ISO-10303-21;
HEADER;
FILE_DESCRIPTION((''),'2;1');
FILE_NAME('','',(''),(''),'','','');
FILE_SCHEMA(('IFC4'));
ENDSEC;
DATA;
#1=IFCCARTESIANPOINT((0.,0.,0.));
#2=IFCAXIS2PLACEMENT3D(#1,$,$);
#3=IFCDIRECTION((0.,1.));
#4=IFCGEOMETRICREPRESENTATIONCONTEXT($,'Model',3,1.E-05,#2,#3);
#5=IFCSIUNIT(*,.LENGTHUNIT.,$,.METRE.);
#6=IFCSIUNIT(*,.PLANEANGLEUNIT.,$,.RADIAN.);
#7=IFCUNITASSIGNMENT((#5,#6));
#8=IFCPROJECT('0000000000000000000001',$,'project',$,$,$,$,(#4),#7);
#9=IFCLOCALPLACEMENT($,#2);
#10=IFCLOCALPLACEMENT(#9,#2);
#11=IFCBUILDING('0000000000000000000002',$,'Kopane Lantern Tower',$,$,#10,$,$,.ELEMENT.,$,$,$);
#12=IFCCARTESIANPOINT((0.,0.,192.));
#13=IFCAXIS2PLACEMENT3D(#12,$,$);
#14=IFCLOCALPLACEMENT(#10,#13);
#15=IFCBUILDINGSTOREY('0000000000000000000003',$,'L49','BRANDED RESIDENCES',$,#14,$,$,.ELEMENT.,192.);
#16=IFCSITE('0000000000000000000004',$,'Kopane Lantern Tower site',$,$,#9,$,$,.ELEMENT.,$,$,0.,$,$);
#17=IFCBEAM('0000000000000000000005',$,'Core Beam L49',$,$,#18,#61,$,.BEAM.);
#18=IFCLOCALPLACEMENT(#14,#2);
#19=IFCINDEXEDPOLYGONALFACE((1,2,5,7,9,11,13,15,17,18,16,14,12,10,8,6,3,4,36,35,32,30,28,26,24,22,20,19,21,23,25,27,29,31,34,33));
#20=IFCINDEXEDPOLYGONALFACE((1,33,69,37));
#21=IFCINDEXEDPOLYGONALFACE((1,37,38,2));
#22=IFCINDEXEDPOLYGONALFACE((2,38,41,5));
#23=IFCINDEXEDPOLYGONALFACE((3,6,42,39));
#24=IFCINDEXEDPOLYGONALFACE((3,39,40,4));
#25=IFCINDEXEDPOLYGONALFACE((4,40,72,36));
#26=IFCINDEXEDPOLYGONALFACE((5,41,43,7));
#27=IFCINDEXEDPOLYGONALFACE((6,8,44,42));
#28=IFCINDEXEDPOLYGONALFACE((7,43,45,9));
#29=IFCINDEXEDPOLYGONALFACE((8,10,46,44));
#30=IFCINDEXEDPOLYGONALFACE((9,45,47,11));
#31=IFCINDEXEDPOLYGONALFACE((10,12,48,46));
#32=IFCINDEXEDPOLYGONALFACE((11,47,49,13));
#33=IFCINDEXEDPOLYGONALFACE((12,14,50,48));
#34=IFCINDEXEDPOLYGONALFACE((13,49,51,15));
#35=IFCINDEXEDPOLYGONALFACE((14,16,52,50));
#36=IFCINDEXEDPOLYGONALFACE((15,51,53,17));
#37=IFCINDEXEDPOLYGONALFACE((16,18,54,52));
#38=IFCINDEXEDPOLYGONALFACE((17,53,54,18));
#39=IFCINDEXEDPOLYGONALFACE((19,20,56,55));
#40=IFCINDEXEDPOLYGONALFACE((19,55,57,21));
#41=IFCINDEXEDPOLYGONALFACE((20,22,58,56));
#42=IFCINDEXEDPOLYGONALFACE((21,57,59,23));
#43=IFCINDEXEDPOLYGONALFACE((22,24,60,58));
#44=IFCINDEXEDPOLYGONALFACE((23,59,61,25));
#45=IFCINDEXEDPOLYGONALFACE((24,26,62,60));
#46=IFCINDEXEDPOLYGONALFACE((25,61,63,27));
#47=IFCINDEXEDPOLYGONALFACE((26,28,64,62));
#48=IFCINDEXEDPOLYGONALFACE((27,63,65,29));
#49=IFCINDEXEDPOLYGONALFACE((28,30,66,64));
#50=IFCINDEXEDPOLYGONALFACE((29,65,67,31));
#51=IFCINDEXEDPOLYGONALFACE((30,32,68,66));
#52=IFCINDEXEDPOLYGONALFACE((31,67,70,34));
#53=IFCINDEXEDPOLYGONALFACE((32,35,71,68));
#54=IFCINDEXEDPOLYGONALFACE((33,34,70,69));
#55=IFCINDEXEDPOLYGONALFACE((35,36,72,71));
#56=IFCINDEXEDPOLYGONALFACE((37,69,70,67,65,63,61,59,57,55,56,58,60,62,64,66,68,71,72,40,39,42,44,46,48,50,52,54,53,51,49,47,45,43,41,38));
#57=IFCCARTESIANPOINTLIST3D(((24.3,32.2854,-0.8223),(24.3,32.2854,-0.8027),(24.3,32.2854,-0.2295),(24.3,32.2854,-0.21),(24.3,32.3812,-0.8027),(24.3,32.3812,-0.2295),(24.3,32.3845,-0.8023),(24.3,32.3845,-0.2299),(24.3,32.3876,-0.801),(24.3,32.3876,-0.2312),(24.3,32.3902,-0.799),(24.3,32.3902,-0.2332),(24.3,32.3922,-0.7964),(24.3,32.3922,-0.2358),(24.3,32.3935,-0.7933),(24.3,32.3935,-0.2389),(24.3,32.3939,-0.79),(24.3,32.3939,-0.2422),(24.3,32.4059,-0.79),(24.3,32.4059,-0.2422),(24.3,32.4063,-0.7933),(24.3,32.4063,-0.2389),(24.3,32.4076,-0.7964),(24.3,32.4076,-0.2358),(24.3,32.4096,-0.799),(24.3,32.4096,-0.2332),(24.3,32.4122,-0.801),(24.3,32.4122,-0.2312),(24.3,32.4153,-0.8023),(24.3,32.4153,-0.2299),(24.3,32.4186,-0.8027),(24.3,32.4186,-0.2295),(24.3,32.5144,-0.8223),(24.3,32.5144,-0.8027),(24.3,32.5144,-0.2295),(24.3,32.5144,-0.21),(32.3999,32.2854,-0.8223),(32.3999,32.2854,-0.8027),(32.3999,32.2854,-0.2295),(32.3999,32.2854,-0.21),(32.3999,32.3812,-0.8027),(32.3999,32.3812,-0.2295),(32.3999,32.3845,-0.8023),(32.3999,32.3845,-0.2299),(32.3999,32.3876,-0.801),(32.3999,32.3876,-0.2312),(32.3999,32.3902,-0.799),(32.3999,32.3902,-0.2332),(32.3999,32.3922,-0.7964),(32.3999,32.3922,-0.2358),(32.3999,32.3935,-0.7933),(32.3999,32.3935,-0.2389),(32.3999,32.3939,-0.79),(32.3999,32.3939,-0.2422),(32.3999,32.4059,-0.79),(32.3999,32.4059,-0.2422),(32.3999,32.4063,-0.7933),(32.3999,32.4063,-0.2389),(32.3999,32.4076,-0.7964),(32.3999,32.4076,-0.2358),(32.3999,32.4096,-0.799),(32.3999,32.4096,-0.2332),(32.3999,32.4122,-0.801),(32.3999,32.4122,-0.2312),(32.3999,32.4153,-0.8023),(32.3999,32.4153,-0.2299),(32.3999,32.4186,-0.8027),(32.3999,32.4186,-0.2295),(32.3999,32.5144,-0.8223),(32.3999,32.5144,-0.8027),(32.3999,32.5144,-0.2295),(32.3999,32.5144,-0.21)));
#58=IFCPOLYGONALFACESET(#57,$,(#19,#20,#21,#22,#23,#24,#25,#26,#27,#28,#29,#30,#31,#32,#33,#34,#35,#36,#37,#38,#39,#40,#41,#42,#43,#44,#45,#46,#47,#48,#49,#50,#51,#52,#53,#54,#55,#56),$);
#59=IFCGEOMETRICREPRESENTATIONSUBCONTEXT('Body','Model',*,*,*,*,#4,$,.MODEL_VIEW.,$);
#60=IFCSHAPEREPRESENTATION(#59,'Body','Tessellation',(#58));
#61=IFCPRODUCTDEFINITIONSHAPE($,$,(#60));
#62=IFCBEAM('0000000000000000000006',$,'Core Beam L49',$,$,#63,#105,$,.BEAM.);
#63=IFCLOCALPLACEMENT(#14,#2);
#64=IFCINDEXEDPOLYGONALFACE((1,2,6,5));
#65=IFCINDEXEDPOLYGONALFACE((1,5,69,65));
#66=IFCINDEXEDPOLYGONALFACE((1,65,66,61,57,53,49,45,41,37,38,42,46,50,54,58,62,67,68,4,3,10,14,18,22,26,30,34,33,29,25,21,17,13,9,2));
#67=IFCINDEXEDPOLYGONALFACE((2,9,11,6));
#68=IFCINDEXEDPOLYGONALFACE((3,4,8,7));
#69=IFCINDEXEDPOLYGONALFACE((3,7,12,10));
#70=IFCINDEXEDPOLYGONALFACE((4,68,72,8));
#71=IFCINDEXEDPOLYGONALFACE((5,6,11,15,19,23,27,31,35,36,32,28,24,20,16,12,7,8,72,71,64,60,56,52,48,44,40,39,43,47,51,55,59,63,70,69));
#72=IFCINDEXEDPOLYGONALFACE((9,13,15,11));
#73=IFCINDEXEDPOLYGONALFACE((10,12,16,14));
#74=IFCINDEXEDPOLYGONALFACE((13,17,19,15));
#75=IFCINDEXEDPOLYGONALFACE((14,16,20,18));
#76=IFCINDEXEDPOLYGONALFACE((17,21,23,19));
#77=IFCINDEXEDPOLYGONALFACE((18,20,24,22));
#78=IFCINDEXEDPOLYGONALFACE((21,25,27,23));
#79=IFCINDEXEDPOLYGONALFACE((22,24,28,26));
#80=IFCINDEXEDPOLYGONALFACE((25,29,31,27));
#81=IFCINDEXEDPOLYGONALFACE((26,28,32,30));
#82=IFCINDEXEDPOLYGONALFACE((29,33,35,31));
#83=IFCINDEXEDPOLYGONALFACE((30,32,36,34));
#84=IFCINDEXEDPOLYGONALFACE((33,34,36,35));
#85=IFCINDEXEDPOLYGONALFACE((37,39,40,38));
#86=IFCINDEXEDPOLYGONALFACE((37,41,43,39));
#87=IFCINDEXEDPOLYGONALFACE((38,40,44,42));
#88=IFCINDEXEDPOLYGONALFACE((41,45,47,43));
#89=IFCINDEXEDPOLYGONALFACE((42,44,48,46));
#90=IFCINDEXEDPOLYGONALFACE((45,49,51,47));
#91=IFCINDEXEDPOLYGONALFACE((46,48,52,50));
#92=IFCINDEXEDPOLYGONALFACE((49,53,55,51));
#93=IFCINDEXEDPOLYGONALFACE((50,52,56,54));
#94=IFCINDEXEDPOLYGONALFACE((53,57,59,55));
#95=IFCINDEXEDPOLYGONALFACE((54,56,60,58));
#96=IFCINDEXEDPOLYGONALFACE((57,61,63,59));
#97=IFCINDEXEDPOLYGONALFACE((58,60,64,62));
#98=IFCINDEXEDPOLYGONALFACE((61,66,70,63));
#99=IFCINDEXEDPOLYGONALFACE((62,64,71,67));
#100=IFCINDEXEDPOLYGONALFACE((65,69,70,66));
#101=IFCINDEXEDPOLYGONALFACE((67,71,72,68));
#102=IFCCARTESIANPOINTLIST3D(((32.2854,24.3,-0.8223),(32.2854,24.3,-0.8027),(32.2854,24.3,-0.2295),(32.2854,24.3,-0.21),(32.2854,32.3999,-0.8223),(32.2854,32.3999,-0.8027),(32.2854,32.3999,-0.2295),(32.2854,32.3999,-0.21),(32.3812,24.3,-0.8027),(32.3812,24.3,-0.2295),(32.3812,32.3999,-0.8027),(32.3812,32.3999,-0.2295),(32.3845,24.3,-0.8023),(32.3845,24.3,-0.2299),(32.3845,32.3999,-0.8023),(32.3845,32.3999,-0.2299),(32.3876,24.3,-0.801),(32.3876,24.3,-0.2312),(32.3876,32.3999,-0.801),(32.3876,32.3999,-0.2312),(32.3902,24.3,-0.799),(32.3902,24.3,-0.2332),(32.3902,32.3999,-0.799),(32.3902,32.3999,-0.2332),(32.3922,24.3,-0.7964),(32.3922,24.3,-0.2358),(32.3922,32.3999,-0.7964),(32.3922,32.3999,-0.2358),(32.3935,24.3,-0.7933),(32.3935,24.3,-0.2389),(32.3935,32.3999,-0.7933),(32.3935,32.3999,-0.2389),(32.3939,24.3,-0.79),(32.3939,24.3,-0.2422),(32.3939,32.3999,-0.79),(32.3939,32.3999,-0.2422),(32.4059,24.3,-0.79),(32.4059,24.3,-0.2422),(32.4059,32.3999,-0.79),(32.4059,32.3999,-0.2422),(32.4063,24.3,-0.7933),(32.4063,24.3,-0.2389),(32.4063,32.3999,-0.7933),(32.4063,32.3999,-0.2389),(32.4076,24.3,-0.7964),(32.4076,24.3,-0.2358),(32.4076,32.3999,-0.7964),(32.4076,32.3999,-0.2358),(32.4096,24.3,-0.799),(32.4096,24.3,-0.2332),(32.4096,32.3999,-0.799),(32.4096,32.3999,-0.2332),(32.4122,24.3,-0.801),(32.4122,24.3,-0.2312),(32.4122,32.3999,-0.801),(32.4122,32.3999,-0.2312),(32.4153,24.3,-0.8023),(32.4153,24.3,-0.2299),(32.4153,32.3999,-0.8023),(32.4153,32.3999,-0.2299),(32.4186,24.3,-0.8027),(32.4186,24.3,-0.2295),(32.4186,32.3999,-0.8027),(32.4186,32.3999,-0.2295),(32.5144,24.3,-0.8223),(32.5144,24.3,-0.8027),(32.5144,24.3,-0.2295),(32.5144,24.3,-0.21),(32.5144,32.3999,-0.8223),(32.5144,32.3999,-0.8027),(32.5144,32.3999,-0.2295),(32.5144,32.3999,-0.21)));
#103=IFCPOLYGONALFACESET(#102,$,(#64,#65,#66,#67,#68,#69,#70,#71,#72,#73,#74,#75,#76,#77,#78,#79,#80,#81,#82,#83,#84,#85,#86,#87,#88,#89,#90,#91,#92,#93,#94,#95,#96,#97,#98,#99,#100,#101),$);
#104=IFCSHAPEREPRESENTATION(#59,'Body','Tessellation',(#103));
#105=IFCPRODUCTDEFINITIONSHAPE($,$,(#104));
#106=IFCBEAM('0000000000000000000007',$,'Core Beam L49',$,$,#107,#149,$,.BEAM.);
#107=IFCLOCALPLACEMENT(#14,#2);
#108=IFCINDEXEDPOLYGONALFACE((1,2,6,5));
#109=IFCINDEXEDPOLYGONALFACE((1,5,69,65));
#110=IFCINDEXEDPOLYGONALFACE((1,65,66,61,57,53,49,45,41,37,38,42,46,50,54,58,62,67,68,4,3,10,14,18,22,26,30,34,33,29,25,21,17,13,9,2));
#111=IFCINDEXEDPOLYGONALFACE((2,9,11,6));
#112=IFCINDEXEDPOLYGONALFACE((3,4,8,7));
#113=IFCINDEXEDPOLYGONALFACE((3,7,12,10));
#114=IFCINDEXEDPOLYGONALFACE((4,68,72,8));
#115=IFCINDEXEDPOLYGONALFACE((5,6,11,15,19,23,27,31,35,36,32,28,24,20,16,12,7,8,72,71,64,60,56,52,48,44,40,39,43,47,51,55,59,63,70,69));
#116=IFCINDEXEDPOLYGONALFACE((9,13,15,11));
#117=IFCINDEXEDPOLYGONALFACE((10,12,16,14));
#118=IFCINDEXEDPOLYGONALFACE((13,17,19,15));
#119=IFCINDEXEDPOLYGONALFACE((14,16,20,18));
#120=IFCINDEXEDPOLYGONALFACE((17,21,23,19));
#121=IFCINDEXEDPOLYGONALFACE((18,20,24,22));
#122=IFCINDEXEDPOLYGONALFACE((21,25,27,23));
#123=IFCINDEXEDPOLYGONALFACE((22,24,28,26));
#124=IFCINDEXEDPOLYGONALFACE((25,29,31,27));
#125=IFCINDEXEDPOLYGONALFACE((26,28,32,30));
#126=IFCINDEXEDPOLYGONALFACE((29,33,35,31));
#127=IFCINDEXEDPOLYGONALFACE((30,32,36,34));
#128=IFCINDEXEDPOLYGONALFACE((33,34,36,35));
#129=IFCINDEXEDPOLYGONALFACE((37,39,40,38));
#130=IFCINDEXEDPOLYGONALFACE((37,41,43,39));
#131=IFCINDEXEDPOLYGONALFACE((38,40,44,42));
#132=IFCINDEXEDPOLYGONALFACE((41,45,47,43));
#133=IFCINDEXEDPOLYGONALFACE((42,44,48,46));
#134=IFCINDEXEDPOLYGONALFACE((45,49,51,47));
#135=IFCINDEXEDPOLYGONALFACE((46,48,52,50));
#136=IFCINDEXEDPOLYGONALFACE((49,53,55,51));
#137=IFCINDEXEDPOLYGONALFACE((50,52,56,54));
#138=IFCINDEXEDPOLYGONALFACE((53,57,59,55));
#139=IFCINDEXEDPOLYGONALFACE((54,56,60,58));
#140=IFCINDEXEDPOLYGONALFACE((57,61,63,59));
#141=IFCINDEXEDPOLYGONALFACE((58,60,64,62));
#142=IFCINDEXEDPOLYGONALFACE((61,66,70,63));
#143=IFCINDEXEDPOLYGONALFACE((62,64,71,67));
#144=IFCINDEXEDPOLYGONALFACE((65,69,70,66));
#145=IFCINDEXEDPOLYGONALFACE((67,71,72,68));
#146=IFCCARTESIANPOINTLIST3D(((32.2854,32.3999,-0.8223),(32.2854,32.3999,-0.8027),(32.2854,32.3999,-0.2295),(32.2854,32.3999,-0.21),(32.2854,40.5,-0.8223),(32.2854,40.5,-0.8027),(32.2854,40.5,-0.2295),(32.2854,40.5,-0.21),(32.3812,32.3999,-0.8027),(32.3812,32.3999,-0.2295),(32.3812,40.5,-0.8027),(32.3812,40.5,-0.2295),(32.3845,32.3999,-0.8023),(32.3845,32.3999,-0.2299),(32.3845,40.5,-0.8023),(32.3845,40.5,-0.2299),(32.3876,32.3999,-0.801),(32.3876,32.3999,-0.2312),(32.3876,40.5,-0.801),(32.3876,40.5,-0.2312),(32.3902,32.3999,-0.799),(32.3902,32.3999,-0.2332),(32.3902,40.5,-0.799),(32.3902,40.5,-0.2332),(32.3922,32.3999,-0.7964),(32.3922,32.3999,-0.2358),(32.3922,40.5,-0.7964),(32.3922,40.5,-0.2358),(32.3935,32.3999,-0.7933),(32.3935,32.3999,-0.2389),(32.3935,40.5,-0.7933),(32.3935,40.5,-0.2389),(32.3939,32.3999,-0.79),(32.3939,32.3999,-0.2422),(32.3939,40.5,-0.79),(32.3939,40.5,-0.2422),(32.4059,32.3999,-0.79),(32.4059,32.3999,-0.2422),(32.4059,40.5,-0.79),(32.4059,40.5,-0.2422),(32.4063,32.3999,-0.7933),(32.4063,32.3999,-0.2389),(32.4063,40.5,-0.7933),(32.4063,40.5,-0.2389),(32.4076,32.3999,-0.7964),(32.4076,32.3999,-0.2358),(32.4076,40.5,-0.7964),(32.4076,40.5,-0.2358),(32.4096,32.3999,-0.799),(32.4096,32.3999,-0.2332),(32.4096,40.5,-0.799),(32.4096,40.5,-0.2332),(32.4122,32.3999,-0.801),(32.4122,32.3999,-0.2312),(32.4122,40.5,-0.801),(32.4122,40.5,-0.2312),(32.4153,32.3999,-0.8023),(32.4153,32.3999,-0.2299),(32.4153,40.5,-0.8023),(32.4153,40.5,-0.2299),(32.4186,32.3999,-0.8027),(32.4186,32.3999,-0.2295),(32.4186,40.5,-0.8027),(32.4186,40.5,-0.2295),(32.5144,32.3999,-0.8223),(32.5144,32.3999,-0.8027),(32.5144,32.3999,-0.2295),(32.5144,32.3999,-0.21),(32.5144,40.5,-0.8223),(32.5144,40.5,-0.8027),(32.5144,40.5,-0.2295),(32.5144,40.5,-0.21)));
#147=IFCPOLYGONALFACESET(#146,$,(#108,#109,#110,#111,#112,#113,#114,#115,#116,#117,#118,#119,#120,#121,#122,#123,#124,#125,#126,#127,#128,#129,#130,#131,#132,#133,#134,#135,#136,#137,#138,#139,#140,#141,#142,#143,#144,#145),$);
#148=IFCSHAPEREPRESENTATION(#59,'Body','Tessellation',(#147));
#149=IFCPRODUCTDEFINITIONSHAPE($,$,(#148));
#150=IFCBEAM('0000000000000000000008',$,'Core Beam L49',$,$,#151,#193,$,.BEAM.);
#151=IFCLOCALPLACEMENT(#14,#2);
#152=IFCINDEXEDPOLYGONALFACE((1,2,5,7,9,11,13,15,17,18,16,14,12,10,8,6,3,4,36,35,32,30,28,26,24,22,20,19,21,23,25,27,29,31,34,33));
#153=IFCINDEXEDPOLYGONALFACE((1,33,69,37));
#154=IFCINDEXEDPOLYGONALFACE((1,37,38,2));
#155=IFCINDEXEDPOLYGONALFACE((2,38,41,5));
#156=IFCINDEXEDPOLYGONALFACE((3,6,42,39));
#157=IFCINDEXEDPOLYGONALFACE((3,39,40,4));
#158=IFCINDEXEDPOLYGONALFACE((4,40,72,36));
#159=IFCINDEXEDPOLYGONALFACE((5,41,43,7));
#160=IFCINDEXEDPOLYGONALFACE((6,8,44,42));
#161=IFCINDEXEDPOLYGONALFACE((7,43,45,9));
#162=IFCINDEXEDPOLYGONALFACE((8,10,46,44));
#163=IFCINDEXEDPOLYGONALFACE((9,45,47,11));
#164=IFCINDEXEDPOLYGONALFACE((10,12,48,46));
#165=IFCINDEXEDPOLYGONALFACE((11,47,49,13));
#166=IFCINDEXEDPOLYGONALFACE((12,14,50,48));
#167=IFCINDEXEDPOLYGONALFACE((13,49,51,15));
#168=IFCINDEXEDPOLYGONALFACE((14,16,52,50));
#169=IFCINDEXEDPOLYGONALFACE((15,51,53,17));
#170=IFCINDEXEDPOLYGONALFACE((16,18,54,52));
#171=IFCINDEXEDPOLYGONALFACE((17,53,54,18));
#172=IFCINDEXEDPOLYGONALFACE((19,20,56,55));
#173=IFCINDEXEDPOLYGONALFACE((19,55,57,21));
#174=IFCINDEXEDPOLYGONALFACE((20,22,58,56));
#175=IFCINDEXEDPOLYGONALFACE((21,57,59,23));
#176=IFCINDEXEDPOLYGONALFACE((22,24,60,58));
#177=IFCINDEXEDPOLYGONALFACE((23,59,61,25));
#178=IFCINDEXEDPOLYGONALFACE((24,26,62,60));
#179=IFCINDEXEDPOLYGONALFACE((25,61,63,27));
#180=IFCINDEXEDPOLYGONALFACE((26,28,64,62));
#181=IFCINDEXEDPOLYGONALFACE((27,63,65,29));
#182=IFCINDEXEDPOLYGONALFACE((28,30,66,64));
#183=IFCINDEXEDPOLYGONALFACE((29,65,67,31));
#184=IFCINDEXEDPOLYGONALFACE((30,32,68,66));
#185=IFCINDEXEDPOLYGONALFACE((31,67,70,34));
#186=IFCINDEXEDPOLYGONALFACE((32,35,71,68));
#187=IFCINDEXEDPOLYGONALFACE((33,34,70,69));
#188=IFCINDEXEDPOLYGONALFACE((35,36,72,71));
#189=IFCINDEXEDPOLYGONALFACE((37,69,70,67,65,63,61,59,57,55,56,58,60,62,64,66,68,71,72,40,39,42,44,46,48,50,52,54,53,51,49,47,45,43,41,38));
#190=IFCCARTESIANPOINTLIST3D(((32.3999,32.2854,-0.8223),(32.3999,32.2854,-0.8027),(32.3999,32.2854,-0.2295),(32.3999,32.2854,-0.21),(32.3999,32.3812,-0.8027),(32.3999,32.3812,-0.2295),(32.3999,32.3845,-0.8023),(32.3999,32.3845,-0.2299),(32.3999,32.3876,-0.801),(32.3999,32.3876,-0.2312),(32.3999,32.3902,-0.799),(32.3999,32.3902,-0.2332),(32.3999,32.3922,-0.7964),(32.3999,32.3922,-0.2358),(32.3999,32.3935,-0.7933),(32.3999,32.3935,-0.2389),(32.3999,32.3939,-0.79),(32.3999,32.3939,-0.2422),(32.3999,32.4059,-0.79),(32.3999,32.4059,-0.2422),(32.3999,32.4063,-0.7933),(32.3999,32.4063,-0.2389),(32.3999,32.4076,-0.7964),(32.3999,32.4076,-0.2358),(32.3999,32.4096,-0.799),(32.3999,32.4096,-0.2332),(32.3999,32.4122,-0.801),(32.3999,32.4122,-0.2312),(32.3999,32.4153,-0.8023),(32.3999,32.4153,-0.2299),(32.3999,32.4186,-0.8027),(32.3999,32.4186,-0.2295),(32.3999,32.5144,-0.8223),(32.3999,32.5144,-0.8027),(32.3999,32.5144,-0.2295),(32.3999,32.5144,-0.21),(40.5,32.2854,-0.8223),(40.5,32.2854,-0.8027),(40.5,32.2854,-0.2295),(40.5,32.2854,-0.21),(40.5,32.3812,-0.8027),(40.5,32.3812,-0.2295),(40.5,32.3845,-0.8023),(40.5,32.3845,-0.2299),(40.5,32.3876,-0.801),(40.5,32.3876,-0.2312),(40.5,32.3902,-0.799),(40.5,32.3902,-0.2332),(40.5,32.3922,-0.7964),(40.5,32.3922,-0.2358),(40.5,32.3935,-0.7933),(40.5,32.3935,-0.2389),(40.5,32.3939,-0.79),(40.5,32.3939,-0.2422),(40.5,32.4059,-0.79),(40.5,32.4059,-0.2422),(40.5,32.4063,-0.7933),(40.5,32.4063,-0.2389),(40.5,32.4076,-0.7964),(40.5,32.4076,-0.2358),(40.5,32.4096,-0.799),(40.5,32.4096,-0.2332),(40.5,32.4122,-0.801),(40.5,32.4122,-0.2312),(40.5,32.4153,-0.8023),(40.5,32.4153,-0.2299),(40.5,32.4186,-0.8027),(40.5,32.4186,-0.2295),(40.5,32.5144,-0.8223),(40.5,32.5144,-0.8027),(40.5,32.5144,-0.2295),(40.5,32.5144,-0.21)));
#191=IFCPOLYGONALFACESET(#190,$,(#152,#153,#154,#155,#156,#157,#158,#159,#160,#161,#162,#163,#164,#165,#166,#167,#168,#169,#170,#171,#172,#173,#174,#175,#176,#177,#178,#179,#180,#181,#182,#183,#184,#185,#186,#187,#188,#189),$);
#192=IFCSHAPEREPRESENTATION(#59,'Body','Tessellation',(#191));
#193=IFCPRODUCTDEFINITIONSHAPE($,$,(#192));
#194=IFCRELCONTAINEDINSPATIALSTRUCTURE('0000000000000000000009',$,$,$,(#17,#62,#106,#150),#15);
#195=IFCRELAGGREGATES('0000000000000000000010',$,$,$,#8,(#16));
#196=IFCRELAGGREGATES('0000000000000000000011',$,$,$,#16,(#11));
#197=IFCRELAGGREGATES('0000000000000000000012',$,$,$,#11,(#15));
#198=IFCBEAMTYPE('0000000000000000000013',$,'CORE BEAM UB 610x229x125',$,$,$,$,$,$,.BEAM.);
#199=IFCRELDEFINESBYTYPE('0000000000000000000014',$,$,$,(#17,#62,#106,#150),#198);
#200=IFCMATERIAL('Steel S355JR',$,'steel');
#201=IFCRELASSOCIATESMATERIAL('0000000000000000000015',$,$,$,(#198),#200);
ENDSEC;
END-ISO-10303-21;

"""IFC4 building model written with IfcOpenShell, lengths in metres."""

from ifc_helpers import new_model, si_unit, direction, frame, origin, origin_2d, place, context, subcontext, project, spatial, i_section, extrude, material, material_profile, profile_set, type_object, element, save


model = new_model("IFC4")

# Units and contexts
model_context = context("Model", 3, precision=1e-05, world=origin(), true_north=direction((0.0, 1.0)))
body_context = subcontext(model_context, "Body", "Model", "MODEL_VIEW")
ifc_project = project(units=[si_unit("LENGTHUNIT", "METRE"), si_unit("PLANEANGLEUNIT", "RADIAN")], contexts=[model_context])

# Site, building, storey
site_placement = place(None, origin())
site = spatial("IfcSite", under=ifc_project, at=site_placement, Name="Kopane Lantern Tower site", CompositionType="ELEMENT", RefElevation=0.0)
building_placement = place(site_placement, origin())
building = spatial("IfcBuilding", under=site, at=building_placement, Name="Kopane Lantern Tower", CompositionType="ELEMENT")
storey_placement = place(building_placement, frame((0.0, 0.0, 192.0)))
storey = spatial("IfcBuildingStorey", under=building, at=storey_placement, Name="L49", Description="BRANDED RESIDENCES", CompositionType="ELEMENT", Elevation=192.0)

# Beams
ifc_material_1 = material(Name="Steel S355JR", Category="steel")
ifc_material_profile_1 = material_profile(ifc_material_1, i_section(OverallWidth=0.229, OverallDepth=0.6123, WebThickness=0.012, FlangeThickness=0.0195, FilletRadius=0.0127, at=origin_2d()), Name="UB 610x229x125")
ifc_profile_set_1 = profile_set([ifc_material_profile_1], Name="Steel S355JR")
beam_type_1 = type_object("IfcBeamType", Name="CORE BEAM UB 610x229x125", PredefinedType="BEAM", material=ifc_profile_set_1)
for number, where, z_axis, x_axis, name in (
    (1, (24.3, 32.3999, -0.5161), (1.0, 0.0, 0.0), (0.0, 1.0, 0.0), "Core Beam L49"),
    (2, (32.3999, 24.3, -0.5161), (0.0, 1.0, 0.0), (-1.0, 0.0, 0.0), "Core Beam L49"),
):
    element("IfcBeam", number, at=place(storey_placement, frame(where, z_axis=z_axis, x_axis=x_axis)), inside=storey, type_object=beam_type_1, Name=name, PredefinedType="BEAM", context=body_context, shape_type="SweptSolid", body=[
        extrude(i_section(OverallWidth=0.229, OverallDepth=0.6123, WebThickness=0.012, FlangeThickness=0.0195, FilletRadius=0.0127, at=origin_2d()), origin(), (0.0, 0.0, 1.0), 8.0999),
    ])
for number, where, z_axis, x_axis, name in (
    (3, (32.3999, 32.3999, -0.5161), (0.0, 1.0, 0.0), (-1.0, 0.0, 0.0), "Core Beam L49"),
    (4, (32.3999, 32.3999, -0.5161), (1.0, 0.0, 0.0), (0.0, 1.0, 0.0), "Core Beam L49"),
):
    element("IfcBeam", number, at=place(storey_placement, frame(where, z_axis=z_axis, x_axis=x_axis)), inside=storey, type_object=beam_type_1, Name=name, PredefinedType="BEAM", context=body_context, shape_type="SweptSolid", body=[
        extrude(i_section(OverallWidth=0.229, OverallDepth=0.6123, WebThickness=0.012, FlangeThickness=0.0195, FilletRadius=0.0127, at=origin_2d()), origin(), (0.0, 0.0, 1.0), 8.1001),
    ])

save(model, "model.ifc")
